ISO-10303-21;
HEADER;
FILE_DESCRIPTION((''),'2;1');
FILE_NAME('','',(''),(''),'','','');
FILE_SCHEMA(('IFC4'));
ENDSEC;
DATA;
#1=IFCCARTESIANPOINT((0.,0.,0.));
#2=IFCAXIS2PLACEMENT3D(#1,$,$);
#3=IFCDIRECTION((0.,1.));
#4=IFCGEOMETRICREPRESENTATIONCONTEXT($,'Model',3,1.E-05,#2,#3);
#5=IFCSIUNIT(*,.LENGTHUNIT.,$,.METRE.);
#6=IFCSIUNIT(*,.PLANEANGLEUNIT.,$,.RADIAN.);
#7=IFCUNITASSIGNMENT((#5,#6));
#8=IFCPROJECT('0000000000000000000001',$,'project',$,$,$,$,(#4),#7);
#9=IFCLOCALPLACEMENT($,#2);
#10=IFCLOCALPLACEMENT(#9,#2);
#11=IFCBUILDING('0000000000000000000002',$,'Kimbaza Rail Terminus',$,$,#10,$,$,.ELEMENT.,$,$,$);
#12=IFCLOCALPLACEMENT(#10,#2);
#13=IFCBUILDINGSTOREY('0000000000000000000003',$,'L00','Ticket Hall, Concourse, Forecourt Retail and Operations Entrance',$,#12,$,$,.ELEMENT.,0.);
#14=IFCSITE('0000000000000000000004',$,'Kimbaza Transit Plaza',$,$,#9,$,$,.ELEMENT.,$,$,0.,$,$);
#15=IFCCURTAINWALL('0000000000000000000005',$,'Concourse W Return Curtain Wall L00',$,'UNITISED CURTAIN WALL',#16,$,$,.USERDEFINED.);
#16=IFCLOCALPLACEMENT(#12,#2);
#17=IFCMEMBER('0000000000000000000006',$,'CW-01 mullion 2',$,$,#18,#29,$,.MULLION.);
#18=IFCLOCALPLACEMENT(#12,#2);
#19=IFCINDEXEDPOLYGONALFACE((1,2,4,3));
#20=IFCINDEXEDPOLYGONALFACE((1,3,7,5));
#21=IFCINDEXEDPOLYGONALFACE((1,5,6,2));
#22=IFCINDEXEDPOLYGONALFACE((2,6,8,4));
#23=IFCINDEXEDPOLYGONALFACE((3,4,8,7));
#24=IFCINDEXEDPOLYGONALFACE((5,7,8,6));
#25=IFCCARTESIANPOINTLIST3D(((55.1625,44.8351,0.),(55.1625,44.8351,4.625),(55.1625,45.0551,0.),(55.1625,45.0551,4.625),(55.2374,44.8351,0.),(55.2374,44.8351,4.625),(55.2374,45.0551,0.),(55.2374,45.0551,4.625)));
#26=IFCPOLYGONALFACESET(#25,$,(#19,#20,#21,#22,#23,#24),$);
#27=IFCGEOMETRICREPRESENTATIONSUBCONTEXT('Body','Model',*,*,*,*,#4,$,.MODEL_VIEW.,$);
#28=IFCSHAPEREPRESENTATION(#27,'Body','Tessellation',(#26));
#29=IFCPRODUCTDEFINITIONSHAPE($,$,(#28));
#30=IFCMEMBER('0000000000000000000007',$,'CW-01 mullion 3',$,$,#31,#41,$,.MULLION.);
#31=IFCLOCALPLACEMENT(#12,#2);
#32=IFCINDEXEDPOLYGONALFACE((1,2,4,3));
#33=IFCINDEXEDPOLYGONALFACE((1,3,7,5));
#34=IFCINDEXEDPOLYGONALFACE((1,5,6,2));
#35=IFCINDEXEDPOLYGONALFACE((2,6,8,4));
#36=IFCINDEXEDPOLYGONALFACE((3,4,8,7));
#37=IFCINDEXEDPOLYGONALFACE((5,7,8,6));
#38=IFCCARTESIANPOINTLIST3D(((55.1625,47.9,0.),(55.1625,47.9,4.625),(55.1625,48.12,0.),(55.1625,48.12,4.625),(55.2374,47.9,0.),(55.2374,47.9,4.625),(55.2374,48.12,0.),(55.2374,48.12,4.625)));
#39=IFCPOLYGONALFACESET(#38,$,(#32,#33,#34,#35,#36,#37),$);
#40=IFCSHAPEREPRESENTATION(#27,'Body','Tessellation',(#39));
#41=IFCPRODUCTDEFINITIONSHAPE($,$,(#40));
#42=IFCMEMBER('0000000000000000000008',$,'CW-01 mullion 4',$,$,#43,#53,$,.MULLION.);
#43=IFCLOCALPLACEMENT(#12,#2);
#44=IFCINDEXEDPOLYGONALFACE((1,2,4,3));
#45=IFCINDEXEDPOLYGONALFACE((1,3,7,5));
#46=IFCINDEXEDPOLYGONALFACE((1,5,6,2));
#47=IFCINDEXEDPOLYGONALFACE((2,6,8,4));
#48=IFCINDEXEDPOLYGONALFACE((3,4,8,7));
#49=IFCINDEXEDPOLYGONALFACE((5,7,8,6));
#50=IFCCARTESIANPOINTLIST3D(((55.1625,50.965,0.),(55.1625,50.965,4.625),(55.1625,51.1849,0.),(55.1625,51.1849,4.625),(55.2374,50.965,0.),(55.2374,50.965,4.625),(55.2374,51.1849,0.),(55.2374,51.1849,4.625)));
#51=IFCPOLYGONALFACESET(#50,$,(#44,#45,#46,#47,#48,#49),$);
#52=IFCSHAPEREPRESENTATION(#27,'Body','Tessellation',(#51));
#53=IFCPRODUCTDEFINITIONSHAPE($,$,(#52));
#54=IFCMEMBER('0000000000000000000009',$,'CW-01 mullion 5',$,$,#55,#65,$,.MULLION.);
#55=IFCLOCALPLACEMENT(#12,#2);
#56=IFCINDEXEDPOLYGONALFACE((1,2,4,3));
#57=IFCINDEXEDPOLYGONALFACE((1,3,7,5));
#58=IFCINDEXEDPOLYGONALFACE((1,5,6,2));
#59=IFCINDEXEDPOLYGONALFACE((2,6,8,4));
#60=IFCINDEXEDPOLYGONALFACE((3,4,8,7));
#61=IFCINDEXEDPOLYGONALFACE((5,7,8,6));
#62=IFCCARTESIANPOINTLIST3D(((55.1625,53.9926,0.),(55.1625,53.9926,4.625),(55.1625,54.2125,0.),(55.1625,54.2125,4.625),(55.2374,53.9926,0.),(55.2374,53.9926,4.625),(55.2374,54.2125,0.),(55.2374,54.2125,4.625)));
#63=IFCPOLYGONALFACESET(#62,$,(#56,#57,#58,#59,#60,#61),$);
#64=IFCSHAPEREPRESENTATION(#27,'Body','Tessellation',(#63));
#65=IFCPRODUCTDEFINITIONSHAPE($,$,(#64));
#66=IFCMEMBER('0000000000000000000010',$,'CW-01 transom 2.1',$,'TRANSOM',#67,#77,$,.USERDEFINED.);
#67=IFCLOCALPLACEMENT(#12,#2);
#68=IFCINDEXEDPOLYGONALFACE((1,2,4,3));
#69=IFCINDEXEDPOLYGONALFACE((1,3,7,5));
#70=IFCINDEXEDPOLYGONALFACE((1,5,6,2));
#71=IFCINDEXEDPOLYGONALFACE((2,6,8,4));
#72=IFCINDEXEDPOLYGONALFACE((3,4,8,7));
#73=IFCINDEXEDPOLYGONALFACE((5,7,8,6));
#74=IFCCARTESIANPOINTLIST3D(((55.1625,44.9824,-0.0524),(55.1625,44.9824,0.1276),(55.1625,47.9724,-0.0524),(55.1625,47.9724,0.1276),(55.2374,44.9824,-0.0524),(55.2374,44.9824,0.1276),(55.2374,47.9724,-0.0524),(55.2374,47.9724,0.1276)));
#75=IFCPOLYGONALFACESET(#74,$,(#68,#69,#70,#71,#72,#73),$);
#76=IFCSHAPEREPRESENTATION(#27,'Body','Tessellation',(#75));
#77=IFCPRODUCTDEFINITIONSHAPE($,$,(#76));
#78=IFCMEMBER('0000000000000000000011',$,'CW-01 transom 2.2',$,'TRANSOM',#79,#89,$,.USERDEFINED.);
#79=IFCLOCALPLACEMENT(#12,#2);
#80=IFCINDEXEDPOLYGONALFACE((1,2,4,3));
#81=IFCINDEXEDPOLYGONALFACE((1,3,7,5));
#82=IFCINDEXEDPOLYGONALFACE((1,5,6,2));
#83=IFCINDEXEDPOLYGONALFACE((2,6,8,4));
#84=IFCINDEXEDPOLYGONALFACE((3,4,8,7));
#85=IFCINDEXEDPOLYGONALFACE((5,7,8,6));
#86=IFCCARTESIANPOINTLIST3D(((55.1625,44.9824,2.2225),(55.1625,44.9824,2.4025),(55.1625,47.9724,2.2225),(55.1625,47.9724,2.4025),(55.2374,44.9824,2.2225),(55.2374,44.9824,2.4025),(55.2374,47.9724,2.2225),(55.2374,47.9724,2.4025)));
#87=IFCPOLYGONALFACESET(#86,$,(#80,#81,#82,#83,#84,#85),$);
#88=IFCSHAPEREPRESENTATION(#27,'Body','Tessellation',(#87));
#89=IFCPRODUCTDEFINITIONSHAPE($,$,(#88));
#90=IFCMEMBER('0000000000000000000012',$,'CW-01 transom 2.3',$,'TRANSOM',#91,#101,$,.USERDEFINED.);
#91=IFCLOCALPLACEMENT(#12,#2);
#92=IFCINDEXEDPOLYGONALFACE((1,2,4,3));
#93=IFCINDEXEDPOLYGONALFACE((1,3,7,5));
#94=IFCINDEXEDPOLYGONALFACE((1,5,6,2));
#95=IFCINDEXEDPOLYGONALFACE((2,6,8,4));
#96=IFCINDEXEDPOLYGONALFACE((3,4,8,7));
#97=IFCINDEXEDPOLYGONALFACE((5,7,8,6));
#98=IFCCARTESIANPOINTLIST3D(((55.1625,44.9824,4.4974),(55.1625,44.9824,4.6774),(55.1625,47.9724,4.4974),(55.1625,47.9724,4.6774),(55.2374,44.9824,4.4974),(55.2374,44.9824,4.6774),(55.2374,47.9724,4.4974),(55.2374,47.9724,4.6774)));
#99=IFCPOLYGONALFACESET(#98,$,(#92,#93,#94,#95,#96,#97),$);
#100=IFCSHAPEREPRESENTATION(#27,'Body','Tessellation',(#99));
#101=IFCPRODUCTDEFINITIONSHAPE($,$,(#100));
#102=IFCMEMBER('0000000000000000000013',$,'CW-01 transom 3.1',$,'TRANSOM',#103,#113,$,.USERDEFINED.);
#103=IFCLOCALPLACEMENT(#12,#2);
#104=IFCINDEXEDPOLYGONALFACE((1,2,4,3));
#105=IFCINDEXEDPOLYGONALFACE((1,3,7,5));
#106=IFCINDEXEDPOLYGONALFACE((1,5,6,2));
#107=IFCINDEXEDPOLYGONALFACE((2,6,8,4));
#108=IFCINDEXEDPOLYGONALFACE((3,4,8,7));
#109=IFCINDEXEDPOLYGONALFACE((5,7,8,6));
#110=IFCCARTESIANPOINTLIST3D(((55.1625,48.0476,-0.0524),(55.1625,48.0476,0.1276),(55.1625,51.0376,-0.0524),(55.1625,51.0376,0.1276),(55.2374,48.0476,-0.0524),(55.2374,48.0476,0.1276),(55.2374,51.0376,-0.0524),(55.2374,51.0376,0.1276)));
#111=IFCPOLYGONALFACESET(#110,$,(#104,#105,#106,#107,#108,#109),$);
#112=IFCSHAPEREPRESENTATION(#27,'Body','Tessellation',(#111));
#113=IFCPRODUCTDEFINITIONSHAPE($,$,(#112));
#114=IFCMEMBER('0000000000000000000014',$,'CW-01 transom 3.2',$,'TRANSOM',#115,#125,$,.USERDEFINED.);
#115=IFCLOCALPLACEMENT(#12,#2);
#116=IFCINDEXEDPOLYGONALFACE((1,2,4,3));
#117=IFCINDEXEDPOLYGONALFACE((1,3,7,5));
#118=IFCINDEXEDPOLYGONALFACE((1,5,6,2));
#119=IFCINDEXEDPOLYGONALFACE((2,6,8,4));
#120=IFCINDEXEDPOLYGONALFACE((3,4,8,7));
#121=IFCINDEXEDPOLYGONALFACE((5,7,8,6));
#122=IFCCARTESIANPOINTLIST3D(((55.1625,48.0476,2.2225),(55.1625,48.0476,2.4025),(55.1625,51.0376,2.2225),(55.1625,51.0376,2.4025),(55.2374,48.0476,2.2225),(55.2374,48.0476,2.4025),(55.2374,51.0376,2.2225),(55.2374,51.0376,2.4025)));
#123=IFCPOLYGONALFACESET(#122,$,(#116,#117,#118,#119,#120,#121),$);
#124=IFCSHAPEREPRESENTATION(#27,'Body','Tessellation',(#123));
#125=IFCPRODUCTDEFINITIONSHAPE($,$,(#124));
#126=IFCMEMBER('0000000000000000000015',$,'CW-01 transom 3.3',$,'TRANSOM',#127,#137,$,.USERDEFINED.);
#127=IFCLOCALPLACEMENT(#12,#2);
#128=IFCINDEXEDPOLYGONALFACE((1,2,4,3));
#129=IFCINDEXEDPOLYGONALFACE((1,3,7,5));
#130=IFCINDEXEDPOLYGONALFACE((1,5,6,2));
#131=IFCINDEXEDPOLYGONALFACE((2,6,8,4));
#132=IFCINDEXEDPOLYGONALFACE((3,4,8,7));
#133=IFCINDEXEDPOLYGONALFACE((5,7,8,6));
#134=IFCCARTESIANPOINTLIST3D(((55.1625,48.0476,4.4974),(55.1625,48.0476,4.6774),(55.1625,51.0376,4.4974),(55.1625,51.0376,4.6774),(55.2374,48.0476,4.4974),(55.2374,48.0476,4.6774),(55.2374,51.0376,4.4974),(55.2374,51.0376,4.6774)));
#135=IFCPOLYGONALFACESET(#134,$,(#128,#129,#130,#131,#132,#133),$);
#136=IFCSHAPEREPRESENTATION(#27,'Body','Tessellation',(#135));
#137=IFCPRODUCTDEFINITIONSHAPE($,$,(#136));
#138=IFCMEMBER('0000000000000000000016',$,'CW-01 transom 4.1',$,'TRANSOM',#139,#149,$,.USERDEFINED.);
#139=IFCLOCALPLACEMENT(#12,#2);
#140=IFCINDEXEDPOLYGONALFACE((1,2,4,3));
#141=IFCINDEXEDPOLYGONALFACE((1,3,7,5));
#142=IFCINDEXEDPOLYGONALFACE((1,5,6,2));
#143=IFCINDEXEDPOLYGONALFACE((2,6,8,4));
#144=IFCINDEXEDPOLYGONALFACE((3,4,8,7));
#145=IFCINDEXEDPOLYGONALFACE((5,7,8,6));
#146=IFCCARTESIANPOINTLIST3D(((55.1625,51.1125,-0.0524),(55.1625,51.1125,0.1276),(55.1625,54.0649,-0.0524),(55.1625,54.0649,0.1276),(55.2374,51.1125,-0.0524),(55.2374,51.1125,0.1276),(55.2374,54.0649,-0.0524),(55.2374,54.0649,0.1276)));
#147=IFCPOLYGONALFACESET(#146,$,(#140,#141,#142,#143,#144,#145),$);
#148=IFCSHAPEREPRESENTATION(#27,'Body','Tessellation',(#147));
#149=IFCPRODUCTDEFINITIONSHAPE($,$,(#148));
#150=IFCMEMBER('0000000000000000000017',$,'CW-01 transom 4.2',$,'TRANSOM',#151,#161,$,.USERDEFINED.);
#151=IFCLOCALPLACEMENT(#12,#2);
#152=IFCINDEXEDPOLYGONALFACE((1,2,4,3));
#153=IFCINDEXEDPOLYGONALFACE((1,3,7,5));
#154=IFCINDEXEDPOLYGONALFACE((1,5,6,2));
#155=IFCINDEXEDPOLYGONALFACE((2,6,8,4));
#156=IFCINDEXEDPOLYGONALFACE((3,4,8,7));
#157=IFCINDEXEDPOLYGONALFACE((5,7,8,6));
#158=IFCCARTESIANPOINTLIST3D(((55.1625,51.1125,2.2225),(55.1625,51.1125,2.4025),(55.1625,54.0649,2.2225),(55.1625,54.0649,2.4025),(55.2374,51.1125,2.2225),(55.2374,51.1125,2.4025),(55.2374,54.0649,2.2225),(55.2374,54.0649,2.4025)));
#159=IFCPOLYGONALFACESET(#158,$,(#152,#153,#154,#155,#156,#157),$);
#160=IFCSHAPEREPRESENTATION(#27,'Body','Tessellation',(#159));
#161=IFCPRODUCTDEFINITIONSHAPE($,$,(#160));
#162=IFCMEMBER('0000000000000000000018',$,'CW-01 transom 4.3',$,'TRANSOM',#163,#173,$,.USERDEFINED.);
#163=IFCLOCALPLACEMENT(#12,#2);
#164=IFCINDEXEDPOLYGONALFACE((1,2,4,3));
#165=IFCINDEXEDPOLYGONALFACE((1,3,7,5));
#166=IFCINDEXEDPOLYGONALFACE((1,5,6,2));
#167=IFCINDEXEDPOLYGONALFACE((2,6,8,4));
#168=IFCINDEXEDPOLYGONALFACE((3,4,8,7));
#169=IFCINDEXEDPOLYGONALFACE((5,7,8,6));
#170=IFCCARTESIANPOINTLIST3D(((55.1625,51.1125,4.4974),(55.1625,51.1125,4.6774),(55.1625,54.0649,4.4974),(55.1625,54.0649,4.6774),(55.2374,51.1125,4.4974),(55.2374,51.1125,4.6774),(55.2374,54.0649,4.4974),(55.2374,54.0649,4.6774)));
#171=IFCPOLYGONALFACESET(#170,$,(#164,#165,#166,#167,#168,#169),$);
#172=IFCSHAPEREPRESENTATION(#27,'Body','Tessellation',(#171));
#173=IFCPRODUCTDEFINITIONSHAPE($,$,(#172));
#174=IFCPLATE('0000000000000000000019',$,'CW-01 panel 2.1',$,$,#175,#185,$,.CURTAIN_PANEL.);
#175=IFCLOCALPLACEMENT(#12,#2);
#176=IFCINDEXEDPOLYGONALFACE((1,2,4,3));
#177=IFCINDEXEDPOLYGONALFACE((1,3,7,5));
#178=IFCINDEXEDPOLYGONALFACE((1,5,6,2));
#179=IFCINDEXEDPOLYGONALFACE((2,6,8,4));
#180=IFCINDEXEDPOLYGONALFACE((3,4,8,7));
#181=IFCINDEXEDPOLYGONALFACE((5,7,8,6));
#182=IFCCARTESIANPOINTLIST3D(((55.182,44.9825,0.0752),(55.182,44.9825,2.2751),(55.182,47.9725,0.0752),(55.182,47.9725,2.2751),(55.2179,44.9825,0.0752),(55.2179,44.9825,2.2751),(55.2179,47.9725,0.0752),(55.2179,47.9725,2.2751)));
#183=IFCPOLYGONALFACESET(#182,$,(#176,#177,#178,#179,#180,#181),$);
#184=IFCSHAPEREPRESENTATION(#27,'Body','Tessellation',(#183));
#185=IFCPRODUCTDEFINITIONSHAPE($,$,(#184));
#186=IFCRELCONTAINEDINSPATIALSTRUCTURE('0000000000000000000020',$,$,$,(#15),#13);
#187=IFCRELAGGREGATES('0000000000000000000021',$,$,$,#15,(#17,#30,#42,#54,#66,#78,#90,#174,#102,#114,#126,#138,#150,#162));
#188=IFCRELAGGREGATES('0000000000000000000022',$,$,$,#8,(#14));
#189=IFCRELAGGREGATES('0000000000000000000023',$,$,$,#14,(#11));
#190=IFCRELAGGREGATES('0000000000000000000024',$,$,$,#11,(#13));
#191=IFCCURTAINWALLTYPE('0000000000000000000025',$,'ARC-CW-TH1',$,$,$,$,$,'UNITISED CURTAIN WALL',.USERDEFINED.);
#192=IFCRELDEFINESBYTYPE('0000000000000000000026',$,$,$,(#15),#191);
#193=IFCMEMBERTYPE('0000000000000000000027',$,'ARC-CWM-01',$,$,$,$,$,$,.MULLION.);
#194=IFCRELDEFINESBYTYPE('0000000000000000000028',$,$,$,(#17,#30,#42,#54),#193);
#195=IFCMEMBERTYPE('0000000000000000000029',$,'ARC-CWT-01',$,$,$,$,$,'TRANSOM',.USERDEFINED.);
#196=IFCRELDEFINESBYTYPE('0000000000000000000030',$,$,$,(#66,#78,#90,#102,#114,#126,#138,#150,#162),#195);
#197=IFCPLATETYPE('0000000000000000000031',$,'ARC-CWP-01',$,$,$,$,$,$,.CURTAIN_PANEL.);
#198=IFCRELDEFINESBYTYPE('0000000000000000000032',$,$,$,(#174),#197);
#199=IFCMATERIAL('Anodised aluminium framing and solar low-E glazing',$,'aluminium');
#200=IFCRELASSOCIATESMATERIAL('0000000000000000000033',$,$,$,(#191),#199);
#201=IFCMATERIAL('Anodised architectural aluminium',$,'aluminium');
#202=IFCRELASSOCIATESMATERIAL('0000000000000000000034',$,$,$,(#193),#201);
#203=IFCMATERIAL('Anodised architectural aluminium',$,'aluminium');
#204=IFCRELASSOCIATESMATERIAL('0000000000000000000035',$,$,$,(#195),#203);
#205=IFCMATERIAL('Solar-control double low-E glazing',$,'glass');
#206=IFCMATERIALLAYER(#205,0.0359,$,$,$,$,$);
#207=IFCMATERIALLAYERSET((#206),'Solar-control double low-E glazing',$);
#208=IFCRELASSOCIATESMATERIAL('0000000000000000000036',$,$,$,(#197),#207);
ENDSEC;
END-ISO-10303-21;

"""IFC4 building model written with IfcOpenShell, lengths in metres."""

from ifc_helpers import new_model, si_unit, direction, frame, origin, origin_2d, place, context, subcontext, project, spatial, rectangle, extrude, material, layer, layer_set, material_profile, profile_set, type_object, element, aggregate, save


model = new_model("IFC4")

# Units and contexts
model_context = context("Model", 3, precision=1e-05, world=origin(), true_north=direction((0.0, 1.0)))
body_context = subcontext(model_context, "Body", "Model", "MODEL_VIEW")
ifc_project = project(units=[si_unit("LENGTHUNIT", "METRE"), si_unit("PLANEANGLEUNIT", "RADIAN")], contexts=[model_context])

# Site, building, storey
site_placement = place(None, origin())
site = spatial("IfcSite", under=ifc_project, at=site_placement, Name="Kimbaza Transit Plaza", CompositionType="ELEMENT", RefElevation=0.0)
building_placement = place(site_placement, origin())
building = spatial("IfcBuilding", under=site, at=building_placement, Name="Kimbaza Rail Terminus", CompositionType="ELEMENT")
storey_placement = place(building_placement, origin())
storey = spatial("IfcBuildingStorey", under=building, at=storey_placement, Name="L00", Description="Ticket Hall, Concourse, Forecourt Retail and Operations Entrance", CompositionType="ELEMENT", Elevation=0.0)

# Curtain wall, members, plate
ifc_material_1 = material(Name="Anodised aluminium framing and solar low-E glazing", Category="aluminium")
curtain_wall_type = type_object("IfcCurtainWallType", Name="ARC-CW-TH1", ElementType="UNITISED CURTAIN WALL", PredefinedType="USERDEFINED", material=ifc_material_1)
curtain_wall_placement = place(storey_placement, origin())
curtain_wall = element("IfcCurtainWall", 1, at=curtain_wall_placement, inside=storey, type_object=curtain_wall_type, Name="Concourse W Return Curtain Wall L00", ObjectType="UNITISED CURTAIN WALL", PredefinedType="USERDEFINED")
ifc_material_2 = material(Name="Anodised architectural aluminium", Category="aluminium")
ifc_material_profile_1 = material_profile(ifc_material_2, rectangle(XDim=0.075, YDim=0.22, at=origin_2d()), Name="MULLION 75x220")
ifc_profile_set_1 = profile_set([ifc_material_profile_1], Name="Anodised architectural aluminium")
member_type_1 = type_object("IfcMemberType", Name="ARC-CWM-01", PredefinedType="MULLION", material=ifc_profile_set_1)
member_1_placement = place(storey_placement, frame((55.2, 44.9451, 0.0), z_axis=(0.0, 0.0, 1.0), x_axis=(-1.0, 0.0, 0.0)))
member_1 = element("IfcMember", 2, at=member_1_placement, type_object=member_type_1, Name="CW-01 mullion 2", PredefinedType="MULLION", context=body_context, shape_type="SweptSolid", body=[
    extrude(rectangle(XDim=0.075, YDim=0.22, at=origin_2d()), origin(), (0.0, 0.0, 1.0), 4.625),
])
member_2_placement = place(storey_placement, frame((55.2, 48.01, 0.0), z_axis=(0.0, 0.0, 1.0), x_axis=(-1.0, 0.0, 0.0)))
member_2 = element("IfcMember", 3, at=member_2_placement, type_object=member_type_1, Name="CW-01 mullion 3", PredefinedType="MULLION", context=body_context, shape_type="SweptSolid", body=[
    extrude(rectangle(XDim=0.075, YDim=0.22, at=origin_2d()), origin(), (0.0, 0.0, 1.0), 4.625),
])
member_3_placement = place(storey_placement, frame((55.2, 51.075, 0.0), z_axis=(0.0, 0.0, 1.0), x_axis=(-1.0, 0.0, 0.0)))
member_3 = element("IfcMember", 4, at=member_3_placement, type_object=member_type_1, Name="CW-01 mullion 4", PredefinedType="MULLION", context=body_context, shape_type="SweptSolid", body=[
    extrude(rectangle(XDim=0.075, YDim=0.22, at=origin_2d()), origin(), (0.0, 0.0, 1.0), 4.625),
])
member_4_placement = place(storey_placement, frame((55.2, 54.1025, 0.0), z_axis=(0.0, 0.0, 1.0), x_axis=(-1.0, 0.0, 0.0)))
member_4 = element("IfcMember", 5, at=member_4_placement, type_object=member_type_1, Name="CW-01 mullion 5", PredefinedType="MULLION", context=body_context, shape_type="SweptSolid", body=[
    extrude(rectangle(XDim=0.075, YDim=0.22, at=origin_2d()), origin(), (0.0, 0.0, 1.0), 4.625),
])
ifc_material_3 = material(Name="Anodised architectural aluminium", Category="aluminium")
ifc_material_profile_2 = material_profile(ifc_material_3, rectangle(XDim=0.075, YDim=0.1799, at=origin_2d()), Name="TRANSOM 75x180")
ifc_profile_set_2 = profile_set([ifc_material_profile_2], Name="Anodised architectural aluminium")
member_type_2 = type_object("IfcMemberType", Name="ARC-CWT-01", ElementType="TRANSOM", PredefinedType="USERDEFINED", material=ifc_profile_set_2)
member_5_placement = place(storey_placement, frame((55.2, 44.9824, 0.0376), z_axis=(0.0, 1.0, 0.0), x_axis=(-1.0, 0.0, 0.0)))
member_5 = element("IfcMember", 6, at=member_5_placement, type_object=member_type_2, Name="CW-01 transom 2.1", ObjectType="TRANSOM", PredefinedType="USERDEFINED", context=body_context, shape_type="SweptSolid", body=[
    extrude(rectangle(XDim=0.075, YDim=0.1799, at=origin_2d()), origin(), (0.0, 0.0, 1.0), 2.99),
])
member_6_placement = place(storey_placement, frame((55.2, 44.9824, 2.3125), z_axis=(0.0, 1.0, 0.0), x_axis=(-1.0, 0.0, 0.0)))
member_6 = element("IfcMember", 7, at=member_6_placement, type_object=member_type_2, Name="CW-01 transom 2.2", ObjectType="TRANSOM", PredefinedType="USERDEFINED", context=body_context, shape_type="SweptSolid", body=[
    extrude(rectangle(XDim=0.075, YDim=0.1799, at=origin_2d()), origin(), (0.0, 0.0, 1.0), 2.99),
])
member_7_placement = place(storey_placement, frame((55.2, 44.9824, 4.5874), z_axis=(0.0, 1.0, 0.0), x_axis=(-1.0, 0.0, 0.0)))
member_7 = element("IfcMember", 8, at=member_7_placement, type_object=member_type_2, Name="CW-01 transom 2.3", ObjectType="TRANSOM", PredefinedType="USERDEFINED", context=body_context, shape_type="SweptSolid", body=[
    extrude(rectangle(XDim=0.075, YDim=0.1799, at=origin_2d()), origin(), (0.0, 0.0, 1.0), 2.99),
])
member_8_placement = place(storey_placement, frame((55.2, 48.0476, 0.0376), z_axis=(0.0, 1.0, 0.0), x_axis=(-1.0, 0.0, 0.0)))
member_8 = element("IfcMember", 9, at=member_8_placement, type_object=member_type_2, Name="CW-01 transom 3.1", ObjectType="TRANSOM", PredefinedType="USERDEFINED", context=body_context, shape_type="SweptSolid", body=[
    extrude(rectangle(XDim=0.075, YDim=0.1799, at=origin_2d()), origin(), (0.0, 0.0, 1.0), 2.99),
])
member_9_placement = place(storey_placement, frame((55.2, 48.0476, 2.3125), z_axis=(0.0, 1.0, 0.0), x_axis=(-1.0, 0.0, 0.0)))
member_9 = element("IfcMember", 10, at=member_9_placement, type_object=member_type_2, Name="CW-01 transom 3.2", ObjectType="TRANSOM", PredefinedType="USERDEFINED", context=body_context, shape_type="SweptSolid", body=[
    extrude(rectangle(XDim=0.075, YDim=0.1799, at=origin_2d()), origin(), (0.0, 0.0, 1.0), 2.99),
])
member_10_placement = place(storey_placement, frame((55.2, 48.0476, 4.5874), z_axis=(0.0, 1.0, 0.0), x_axis=(-1.0, 0.0, 0.0)))
member_10 = element("IfcMember", 11, at=member_10_placement, type_object=member_type_2, Name="CW-01 transom 3.3", ObjectType="TRANSOM", PredefinedType="USERDEFINED", context=body_context, shape_type="SweptSolid", body=[
    extrude(rectangle(XDim=0.075, YDim=0.1799, at=origin_2d()), origin(), (0.0, 0.0, 1.0), 2.99),
])
member_11_placement = place(storey_placement, frame((55.2, 51.1125, 0.0376), z_axis=(0.0, 1.0, 0.0), x_axis=(-1.0, 0.0, 0.0)))
member_11 = element("IfcMember", 12, at=member_11_placement, type_object=member_type_2, Name="CW-01 transom 4.1", ObjectType="TRANSOM", PredefinedType="USERDEFINED", context=body_context, shape_type="SweptSolid", body=[
    extrude(rectangle(XDim=0.075, YDim=0.1799, at=origin_2d()), origin(), (0.0, 0.0, 1.0), 2.9524),
])
member_12_placement = place(storey_placement, frame((55.2, 51.1125, 2.3125), z_axis=(0.0, 1.0, 0.0), x_axis=(-1.0, 0.0, 0.0)))
member_12 = element("IfcMember", 13, at=member_12_placement, type_object=member_type_2, Name="CW-01 transom 4.2", ObjectType="TRANSOM", PredefinedType="USERDEFINED", context=body_context, shape_type="SweptSolid", body=[
    extrude(rectangle(XDim=0.075, YDim=0.1799, at=origin_2d()), origin(), (0.0, 0.0, 1.0), 2.9524),
])
member_13_placement = place(storey_placement, frame((55.2, 51.1125, 4.5874), z_axis=(0.0, 1.0, 0.0), x_axis=(-1.0, 0.0, 0.0)))
member_13 = element("IfcMember", 14, at=member_13_placement, type_object=member_type_2, Name="CW-01 transom 4.3", ObjectType="TRANSOM", PredefinedType="USERDEFINED", context=body_context, shape_type="SweptSolid", body=[
    extrude(rectangle(XDim=0.075, YDim=0.1799, at=origin_2d()), origin(), (0.0, 0.0, 1.0), 2.9524),
])
ifc_material_4 = material(Name="Solar-control double low-E glazing", Category="glass")
ifc_layer_1 = layer(ifc_material_4, 0.0359)
ifc_layer_set_1 = layer_set([ifc_layer_1], Name="Solar-control double low-E glazing")
plate_type = type_object("IfcPlateType", Name="ARC-CWP-01", PredefinedType="CURTAIN_PANEL", material=ifc_layer_set_1)
plate_1_placement = place(storey_placement, frame((55.2, 46.4775, 0.0752), z_axis=(0.0, 0.0, 1.0), x_axis=(0.0, 1.0, 0.0)))
plate_1 = element("IfcPlate", 15, at=plate_1_placement, type_object=plate_type, Name="CW-01 panel 2.1", PredefinedType="CURTAIN_PANEL", context=body_context, shape_type="SweptSolid", body=[
    extrude(rectangle(XDim=2.99, YDim=0.0359, at=origin_2d()), origin(), (0.0, 0.0, 1.0), 2.2),
])
aggregate(curtain_wall, [member_1, member_2, member_3, member_4, member_5, member_6, member_7, plate_1, member_8, member_9, member_10, member_11, member_12, member_13])

save(model, "model.ifc")
